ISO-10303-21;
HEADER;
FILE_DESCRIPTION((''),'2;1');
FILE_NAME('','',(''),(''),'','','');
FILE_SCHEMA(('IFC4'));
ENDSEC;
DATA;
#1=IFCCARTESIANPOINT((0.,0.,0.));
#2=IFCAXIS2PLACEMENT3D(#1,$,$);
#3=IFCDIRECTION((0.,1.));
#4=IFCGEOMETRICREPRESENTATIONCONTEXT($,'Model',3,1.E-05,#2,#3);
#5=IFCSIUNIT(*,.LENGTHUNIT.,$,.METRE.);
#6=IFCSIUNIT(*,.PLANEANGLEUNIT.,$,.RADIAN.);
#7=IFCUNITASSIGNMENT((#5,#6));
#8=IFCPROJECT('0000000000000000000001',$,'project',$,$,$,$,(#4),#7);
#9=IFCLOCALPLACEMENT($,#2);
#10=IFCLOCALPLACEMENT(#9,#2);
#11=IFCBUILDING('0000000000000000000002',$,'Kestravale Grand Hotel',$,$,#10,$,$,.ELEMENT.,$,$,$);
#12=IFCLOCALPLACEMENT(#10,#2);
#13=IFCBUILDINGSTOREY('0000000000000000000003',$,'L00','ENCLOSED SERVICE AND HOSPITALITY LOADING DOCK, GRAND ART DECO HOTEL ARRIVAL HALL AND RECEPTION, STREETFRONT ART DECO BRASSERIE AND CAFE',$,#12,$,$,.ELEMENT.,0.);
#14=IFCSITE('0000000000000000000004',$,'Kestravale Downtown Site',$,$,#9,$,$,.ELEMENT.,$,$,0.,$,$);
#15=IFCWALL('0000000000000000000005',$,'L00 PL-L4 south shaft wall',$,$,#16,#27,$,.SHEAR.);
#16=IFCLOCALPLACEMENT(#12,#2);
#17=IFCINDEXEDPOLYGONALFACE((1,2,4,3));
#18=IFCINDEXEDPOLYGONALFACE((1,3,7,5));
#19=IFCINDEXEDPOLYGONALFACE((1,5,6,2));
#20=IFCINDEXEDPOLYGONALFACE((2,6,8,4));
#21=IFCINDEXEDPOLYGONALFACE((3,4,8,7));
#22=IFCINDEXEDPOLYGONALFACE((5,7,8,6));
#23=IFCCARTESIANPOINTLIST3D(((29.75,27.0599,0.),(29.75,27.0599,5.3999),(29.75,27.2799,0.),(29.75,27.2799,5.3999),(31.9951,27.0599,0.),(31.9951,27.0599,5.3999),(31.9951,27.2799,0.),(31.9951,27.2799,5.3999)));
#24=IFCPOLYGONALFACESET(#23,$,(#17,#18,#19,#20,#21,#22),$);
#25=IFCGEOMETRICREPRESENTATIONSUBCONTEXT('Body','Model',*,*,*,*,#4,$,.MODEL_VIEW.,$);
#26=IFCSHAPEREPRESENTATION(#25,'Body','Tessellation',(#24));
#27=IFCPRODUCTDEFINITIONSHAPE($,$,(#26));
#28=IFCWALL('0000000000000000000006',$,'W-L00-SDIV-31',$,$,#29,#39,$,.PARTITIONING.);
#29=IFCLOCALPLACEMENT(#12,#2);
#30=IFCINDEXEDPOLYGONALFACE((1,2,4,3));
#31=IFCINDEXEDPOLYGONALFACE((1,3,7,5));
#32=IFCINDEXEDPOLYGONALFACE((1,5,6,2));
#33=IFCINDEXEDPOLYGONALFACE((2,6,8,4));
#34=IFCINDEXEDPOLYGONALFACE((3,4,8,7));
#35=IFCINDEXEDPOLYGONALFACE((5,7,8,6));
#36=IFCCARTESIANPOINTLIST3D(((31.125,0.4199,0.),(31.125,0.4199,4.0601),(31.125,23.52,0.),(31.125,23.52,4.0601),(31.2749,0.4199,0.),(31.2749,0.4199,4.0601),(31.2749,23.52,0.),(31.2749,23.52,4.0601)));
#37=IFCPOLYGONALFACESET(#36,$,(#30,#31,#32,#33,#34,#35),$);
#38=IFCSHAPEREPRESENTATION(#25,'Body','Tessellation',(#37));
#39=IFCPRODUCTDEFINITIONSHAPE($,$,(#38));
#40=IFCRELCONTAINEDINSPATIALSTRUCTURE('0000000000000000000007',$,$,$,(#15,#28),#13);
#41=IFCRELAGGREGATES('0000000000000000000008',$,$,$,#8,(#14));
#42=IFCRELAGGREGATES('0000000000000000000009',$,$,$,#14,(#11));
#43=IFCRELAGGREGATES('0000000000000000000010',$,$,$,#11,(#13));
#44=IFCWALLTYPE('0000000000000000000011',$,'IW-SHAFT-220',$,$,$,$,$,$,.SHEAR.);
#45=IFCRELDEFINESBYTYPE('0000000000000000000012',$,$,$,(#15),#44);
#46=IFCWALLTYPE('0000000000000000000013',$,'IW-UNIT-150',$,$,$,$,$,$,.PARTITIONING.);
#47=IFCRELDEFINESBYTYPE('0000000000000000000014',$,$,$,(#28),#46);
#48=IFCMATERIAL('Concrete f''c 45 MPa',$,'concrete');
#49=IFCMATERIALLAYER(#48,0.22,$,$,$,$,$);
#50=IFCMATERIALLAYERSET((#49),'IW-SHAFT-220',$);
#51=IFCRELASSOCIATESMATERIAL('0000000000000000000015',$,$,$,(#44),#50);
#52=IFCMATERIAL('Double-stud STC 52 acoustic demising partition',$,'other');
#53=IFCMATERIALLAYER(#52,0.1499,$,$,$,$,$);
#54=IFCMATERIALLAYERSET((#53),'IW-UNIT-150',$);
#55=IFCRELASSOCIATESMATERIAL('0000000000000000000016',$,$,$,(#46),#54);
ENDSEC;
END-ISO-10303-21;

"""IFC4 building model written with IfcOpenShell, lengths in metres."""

from ifc_helpers import new_model, si_unit, direction, frame, frame_2d, origin, place, context, subcontext, project, spatial, rectangle, extrude, material, layer, layer_set, type_object, element, save


model = new_model("IFC4")

# Units and contexts
model_context = context("Model", 3, precision=1e-05, world=origin(), true_north=direction((0.0, 1.0)))
body_context = subcontext(model_context, "Body", "Model", "MODEL_VIEW")
ifc_project = project(units=[si_unit("LENGTHUNIT", "METRE"), si_unit("PLANEANGLEUNIT", "RADIAN")], contexts=[model_context])

# Site, building, storey
site_placement = place(None, origin())
site = spatial("IfcSite", under=ifc_project, at=site_placement, Name="Kestravale Downtown Site", CompositionType="ELEMENT", RefElevation=0.0)
building_placement = place(site_placement, origin())
building = spatial("IfcBuilding", under=site, at=building_placement, Name="Kestravale Grand Hotel", CompositionType="ELEMENT")
storey_placement = place(building_placement, origin())
storey = spatial("IfcBuildingStorey", under=building, at=storey_placement, Name="L00", Description="ENCLOSED SERVICE AND HOSPITALITY LOADING DOCK, GRAND ART DECO HOTEL ARRIVAL HALL AND RECEPTION, STREETFRONT ART DECO BRASSERIE AND CAFE", CompositionType="ELEMENT", Elevation=0.0)

# Walls
ifc_material_1 = material(Name="Concrete f'c 45 MPa", Category="concrete")
ifc_layer_1 = layer(ifc_material_1, 0.22)
ifc_layer_set_1 = layer_set([ifc_layer_1], Name="IW-SHAFT-220")
wall_type_1 = type_object("IfcWallType", Name="IW-SHAFT-220", PredefinedType="SHEAR", material=ifc_layer_set_1)
wall_1_placement = place(storey_placement, frame((29.75, 27.1699, 0.0), z_axis=(0.0, 0.0, 1.0), x_axis=(1.0, 0.0, 0.0)))
element("IfcWall", 1, at=wall_1_placement, inside=storey, type_object=wall_type_1, Name="L00 PL-L4 south shaft wall", PredefinedType="SHEAR", context=body_context, shape_type="SweptSolid", body=[
    extrude(rectangle(XDim=2.2451, YDim=0.22, at=frame_2d((1.1226, 0.0))), origin(), (0.0, 0.0, 1.0), 5.3999),
])
ifc_material_2 = material(Name="Double-stud STC 52 acoustic demising partition", Category="other")
ifc_layer_2 = layer(ifc_material_2, 0.1499)
ifc_layer_set_2 = layer_set([ifc_layer_2], Name="IW-UNIT-150")
wall_type_2 = type_object("IfcWallType", Name="IW-UNIT-150", PredefinedType="PARTITIONING", material=ifc_layer_set_2)
wall_2_placement = place(storey_placement, frame((31.2, 0.4199, 0.0), z_axis=(0.0, 0.0, 1.0), x_axis=(0.0, 1.0, 0.0)))
element("IfcWall", 2, at=wall_2_placement, inside=storey, type_object=wall_type_2, Name="W-L00-SDIV-31", PredefinedType="PARTITIONING", context=body_context, shape_type="SweptSolid", body=[
    extrude(rectangle(XDim=23.1001, YDim=0.1499, at=frame_2d((11.55, 0.0))), origin(), (0.0, 0.0, 1.0), 4.0601),
])

save(model, "model.ifc")
